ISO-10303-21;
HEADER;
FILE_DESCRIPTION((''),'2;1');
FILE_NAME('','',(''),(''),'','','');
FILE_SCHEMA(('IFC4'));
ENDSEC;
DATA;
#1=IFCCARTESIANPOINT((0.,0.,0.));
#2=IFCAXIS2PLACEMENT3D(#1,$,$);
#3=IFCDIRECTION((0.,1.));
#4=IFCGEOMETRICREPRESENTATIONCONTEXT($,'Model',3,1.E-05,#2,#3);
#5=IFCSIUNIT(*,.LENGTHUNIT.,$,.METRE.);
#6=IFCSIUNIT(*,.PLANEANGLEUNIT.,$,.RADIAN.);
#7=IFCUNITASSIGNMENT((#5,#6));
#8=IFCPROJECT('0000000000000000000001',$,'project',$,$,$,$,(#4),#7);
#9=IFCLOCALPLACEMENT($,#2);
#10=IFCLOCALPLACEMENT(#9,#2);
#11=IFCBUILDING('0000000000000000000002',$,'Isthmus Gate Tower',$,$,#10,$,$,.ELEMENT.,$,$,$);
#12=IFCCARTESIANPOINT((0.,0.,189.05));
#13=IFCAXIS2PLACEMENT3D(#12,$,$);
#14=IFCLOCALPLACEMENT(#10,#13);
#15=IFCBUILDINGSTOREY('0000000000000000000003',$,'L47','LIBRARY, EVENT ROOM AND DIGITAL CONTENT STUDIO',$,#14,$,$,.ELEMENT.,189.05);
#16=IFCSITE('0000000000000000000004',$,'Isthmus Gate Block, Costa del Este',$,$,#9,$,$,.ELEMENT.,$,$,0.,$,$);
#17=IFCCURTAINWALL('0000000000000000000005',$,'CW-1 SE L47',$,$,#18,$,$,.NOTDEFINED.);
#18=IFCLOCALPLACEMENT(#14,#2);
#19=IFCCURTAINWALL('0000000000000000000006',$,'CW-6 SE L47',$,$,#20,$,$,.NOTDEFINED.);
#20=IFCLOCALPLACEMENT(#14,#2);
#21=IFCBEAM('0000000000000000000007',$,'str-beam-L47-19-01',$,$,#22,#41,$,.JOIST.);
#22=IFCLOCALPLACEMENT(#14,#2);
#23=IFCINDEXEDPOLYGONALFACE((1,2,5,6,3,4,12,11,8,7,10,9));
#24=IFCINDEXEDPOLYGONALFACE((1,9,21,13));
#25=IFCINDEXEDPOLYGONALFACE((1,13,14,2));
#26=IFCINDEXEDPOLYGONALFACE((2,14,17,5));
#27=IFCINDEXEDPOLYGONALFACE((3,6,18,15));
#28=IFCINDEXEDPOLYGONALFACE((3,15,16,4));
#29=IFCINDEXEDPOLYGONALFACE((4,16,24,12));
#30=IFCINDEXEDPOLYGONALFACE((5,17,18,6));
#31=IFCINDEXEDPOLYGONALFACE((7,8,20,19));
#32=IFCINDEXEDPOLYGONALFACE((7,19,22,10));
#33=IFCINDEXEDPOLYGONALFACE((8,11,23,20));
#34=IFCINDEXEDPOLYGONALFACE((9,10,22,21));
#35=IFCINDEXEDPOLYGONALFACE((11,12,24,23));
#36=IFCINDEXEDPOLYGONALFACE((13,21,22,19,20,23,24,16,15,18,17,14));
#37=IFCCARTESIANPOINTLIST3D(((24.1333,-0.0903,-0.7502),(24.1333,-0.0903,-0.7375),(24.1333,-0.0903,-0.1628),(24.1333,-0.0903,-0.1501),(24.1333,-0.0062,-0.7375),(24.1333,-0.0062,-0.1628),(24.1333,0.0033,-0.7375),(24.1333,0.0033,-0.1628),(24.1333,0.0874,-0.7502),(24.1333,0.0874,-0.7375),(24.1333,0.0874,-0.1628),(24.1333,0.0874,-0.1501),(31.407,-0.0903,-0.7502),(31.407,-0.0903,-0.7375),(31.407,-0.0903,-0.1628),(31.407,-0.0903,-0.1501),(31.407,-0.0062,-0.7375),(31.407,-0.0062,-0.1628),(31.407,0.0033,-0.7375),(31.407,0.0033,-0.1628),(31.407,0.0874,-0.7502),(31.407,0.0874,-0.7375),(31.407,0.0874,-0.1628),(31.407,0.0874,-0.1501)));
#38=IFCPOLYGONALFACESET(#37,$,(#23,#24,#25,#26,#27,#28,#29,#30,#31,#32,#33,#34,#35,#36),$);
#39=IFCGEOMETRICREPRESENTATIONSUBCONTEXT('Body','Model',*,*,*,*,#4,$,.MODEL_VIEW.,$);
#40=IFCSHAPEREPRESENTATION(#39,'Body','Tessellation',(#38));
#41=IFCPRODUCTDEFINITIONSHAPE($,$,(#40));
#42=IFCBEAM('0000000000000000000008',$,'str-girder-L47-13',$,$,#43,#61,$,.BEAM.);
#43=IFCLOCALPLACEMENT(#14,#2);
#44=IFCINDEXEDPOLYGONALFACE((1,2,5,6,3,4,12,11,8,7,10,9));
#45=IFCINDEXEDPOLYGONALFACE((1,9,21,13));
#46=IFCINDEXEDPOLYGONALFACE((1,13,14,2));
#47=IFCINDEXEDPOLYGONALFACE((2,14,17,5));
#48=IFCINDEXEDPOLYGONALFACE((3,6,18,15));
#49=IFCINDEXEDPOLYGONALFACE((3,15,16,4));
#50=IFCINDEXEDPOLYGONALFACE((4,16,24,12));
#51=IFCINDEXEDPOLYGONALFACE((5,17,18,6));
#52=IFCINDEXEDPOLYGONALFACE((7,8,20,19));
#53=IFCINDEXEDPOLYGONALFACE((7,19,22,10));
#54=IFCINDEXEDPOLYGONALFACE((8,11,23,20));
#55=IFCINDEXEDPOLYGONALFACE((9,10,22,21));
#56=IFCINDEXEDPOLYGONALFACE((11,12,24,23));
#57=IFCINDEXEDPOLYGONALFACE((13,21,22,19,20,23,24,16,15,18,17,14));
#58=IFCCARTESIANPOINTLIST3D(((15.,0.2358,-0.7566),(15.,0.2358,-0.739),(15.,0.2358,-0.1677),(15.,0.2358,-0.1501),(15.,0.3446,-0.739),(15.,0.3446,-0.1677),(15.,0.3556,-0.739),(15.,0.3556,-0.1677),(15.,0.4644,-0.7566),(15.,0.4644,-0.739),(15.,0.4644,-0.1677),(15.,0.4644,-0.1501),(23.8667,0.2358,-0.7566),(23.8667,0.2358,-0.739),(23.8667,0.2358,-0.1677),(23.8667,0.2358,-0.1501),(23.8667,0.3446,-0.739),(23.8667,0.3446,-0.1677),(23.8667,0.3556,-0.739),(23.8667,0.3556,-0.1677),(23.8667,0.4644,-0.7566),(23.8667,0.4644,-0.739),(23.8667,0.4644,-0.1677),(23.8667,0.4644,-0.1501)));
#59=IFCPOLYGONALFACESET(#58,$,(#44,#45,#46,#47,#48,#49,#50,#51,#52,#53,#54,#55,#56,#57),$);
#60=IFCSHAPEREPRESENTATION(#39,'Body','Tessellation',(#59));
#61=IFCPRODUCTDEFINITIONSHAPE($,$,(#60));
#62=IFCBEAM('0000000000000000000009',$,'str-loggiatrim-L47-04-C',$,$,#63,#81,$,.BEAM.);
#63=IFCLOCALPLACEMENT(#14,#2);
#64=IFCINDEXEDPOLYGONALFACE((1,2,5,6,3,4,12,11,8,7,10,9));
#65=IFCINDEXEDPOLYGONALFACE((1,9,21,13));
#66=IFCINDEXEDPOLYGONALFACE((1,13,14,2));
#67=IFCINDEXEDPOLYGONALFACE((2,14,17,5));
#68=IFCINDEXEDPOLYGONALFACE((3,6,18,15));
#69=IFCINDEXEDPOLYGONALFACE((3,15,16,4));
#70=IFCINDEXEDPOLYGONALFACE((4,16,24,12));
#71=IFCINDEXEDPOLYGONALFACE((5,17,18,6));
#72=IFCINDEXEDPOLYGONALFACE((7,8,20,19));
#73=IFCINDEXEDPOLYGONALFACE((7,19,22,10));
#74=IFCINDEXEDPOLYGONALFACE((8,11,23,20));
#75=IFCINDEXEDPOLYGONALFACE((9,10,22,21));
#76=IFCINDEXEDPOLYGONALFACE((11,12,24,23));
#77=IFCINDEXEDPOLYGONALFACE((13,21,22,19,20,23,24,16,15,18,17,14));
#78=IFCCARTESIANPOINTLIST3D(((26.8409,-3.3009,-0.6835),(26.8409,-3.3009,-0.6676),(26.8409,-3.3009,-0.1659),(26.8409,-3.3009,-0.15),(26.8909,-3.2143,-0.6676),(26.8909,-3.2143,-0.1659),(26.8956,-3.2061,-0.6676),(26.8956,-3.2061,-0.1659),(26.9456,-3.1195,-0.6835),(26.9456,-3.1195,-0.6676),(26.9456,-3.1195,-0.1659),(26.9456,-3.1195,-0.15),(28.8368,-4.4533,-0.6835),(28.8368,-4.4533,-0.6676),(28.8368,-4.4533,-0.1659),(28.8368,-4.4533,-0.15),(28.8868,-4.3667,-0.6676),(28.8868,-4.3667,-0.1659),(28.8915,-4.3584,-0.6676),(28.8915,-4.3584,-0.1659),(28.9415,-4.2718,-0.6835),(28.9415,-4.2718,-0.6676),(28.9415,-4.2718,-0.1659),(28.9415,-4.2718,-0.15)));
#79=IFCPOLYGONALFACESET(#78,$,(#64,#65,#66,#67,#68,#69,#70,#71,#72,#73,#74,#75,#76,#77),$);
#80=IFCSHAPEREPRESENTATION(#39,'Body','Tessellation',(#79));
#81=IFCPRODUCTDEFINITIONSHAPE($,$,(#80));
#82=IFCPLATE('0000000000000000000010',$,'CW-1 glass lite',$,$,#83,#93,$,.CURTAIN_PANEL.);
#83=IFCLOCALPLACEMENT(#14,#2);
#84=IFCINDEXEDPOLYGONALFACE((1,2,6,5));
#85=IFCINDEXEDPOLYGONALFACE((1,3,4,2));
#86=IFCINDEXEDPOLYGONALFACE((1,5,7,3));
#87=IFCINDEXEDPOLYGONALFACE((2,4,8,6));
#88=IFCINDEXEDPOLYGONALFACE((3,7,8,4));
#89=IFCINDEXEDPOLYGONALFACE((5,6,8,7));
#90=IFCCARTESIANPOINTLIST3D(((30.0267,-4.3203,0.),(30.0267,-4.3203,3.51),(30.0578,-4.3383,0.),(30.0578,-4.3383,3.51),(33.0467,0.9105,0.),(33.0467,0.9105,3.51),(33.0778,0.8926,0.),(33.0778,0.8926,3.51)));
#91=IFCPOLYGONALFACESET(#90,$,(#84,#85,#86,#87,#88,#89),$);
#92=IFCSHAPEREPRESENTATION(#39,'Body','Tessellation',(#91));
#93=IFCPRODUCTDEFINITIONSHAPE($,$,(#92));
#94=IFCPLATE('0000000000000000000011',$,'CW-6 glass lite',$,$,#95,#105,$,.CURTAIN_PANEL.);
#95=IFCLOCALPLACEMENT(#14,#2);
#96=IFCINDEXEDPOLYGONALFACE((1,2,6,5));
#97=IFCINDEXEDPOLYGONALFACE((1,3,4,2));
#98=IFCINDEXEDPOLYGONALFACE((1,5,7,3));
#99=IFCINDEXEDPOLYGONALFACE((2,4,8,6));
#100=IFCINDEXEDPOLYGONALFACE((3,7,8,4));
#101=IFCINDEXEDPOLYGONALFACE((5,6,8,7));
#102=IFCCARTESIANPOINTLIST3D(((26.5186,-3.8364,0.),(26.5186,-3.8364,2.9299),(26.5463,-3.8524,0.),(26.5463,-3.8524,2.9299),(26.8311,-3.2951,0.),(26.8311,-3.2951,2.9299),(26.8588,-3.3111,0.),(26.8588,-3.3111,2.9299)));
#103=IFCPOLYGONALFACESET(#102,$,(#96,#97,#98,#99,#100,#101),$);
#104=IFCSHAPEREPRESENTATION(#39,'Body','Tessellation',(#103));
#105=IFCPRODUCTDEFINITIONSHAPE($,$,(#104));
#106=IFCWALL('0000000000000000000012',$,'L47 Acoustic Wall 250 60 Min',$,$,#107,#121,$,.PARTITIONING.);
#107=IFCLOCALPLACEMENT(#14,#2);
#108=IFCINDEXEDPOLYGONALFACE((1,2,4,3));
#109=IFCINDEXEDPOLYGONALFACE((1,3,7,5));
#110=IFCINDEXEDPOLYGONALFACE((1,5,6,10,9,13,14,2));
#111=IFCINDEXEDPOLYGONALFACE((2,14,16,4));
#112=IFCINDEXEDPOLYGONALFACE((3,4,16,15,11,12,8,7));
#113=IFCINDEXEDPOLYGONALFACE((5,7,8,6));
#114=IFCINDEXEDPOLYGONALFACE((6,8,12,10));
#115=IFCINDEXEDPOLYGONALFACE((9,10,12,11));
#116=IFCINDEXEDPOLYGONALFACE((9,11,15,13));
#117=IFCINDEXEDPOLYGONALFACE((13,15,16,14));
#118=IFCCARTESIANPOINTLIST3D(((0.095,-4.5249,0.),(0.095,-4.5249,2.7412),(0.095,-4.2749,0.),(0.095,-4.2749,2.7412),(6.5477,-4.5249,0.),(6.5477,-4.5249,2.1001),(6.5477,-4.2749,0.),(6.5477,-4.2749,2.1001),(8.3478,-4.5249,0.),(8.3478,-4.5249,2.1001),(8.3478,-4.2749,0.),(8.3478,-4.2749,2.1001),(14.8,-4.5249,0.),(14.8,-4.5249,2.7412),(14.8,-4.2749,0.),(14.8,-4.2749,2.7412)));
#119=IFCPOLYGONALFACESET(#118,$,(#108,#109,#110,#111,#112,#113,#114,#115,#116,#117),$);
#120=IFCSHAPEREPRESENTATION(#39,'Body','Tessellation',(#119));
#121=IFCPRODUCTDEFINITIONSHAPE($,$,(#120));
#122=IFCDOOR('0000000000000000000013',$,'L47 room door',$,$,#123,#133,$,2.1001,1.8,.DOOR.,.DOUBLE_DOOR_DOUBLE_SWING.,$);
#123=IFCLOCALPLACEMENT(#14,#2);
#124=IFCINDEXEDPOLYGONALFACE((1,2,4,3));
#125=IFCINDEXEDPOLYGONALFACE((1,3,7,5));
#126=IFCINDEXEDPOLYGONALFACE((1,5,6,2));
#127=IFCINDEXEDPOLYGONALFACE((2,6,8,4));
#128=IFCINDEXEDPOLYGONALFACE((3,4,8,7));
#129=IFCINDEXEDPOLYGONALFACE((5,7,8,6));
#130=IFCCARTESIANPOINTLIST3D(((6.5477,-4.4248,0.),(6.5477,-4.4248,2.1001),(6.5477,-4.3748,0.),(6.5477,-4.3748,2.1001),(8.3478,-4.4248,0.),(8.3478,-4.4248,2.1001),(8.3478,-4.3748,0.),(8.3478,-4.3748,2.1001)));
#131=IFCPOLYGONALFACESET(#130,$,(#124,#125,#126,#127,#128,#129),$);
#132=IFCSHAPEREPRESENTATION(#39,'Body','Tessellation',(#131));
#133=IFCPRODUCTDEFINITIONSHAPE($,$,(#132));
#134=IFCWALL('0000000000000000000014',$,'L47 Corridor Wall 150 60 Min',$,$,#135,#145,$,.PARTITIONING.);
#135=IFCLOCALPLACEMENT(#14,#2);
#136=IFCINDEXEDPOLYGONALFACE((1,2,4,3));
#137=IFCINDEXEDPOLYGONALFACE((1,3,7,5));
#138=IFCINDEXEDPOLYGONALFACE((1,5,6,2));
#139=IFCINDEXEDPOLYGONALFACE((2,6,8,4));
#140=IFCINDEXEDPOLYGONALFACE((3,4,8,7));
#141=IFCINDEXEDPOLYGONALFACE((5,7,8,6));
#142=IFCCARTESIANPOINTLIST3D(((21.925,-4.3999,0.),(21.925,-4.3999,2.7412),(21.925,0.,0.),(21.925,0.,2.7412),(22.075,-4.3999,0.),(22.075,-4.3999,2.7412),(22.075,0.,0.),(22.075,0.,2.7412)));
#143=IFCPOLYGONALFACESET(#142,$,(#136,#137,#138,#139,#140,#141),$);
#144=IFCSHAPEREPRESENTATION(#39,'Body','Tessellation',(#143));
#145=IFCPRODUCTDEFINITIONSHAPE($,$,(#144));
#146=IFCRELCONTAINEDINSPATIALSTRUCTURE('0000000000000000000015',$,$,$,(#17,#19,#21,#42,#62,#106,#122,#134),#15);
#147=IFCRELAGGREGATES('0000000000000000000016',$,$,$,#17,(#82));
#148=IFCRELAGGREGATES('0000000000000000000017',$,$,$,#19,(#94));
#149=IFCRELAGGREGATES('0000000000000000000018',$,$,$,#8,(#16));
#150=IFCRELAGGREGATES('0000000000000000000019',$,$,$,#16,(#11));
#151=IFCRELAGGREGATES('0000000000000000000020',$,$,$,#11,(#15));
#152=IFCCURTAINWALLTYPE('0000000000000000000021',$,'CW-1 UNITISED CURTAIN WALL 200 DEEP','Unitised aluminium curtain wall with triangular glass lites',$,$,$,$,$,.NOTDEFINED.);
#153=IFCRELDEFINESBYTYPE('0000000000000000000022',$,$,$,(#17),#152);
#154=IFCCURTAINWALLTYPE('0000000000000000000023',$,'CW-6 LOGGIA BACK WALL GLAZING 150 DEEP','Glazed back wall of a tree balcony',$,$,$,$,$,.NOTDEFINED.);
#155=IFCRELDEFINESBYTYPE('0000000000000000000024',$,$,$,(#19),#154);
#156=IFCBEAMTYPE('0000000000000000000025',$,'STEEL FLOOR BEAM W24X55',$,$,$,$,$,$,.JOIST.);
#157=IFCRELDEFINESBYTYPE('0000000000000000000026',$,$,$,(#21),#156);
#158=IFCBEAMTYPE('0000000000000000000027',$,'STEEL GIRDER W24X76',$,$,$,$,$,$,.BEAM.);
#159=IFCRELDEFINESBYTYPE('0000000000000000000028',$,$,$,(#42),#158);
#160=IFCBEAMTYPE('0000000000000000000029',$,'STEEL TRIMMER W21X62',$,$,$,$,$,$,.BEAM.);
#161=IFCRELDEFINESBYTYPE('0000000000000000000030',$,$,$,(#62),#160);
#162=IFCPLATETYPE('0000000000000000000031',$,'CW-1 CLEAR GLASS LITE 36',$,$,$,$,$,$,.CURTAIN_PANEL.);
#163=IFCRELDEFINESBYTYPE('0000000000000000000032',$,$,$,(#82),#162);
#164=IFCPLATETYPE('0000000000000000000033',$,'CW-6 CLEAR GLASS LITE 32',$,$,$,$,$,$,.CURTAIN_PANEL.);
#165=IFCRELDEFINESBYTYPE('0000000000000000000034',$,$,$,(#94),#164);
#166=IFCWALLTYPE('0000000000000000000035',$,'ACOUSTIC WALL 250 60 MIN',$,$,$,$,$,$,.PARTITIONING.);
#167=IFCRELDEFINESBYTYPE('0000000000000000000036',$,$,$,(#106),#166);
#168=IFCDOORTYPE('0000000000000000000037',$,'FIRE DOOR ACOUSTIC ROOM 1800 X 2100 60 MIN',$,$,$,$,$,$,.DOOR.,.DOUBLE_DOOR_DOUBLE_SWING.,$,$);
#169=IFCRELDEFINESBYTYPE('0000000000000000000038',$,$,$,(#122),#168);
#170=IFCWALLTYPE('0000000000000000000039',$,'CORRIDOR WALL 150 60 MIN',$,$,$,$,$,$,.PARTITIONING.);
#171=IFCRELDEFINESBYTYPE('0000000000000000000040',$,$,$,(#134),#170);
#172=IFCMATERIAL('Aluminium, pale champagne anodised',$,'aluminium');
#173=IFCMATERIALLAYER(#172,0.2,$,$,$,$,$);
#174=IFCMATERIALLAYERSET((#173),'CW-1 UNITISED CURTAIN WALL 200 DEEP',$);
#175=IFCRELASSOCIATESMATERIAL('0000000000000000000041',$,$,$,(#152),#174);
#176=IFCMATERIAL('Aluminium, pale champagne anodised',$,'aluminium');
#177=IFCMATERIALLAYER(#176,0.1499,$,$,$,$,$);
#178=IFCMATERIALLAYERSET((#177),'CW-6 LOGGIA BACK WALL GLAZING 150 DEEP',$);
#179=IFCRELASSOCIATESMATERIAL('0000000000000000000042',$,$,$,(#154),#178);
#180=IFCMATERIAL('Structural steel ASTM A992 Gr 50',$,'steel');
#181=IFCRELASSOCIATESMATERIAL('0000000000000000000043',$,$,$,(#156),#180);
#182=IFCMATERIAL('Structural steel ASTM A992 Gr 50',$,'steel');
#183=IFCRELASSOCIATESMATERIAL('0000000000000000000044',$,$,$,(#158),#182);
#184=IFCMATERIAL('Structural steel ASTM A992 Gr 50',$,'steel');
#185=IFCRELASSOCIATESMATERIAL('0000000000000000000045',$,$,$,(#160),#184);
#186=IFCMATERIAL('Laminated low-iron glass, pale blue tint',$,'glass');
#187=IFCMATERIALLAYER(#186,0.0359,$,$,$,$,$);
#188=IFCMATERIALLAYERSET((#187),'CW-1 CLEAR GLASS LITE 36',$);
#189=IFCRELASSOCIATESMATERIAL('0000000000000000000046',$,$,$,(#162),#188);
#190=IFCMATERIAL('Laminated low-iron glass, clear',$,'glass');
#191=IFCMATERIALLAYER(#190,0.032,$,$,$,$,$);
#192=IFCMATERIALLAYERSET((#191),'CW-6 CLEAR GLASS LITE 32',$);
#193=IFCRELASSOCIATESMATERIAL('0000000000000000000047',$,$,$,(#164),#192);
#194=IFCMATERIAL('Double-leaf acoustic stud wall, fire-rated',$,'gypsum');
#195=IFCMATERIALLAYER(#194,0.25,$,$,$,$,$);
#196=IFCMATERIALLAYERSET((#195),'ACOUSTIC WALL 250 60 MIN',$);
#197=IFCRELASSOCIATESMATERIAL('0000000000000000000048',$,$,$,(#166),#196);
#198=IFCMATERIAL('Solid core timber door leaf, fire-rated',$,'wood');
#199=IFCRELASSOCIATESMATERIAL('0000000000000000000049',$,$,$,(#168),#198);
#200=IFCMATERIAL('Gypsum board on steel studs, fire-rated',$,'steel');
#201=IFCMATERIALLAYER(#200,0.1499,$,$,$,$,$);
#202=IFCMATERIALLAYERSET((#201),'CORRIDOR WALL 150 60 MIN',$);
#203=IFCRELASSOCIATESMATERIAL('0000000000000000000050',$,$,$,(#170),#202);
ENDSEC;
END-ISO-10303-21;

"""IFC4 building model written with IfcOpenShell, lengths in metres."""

from ifc_helpers import new_model, si_unit, direction, frame, frame_2d, origin, origin_2d, place, context, subcontext, project, spatial, rectangle, i_section, extrude, material, layer, layer_set, material_profile, profile_set, type_object, element, fill, aggregate, save


model = new_model("IFC4")

# Units and contexts
model_context = context("Model", 3, precision=1e-05, world=origin(), true_north=direction((0.0, 1.0)))
body_context = subcontext(model_context, "Body", "Model", "MODEL_VIEW")
ifc_project = project(units=[si_unit("LENGTHUNIT", "METRE"), si_unit("PLANEANGLEUNIT", "RADIAN")], contexts=[model_context])

# Site, building, storey
site_placement = place(None, origin())
site = spatial("IfcSite", under=ifc_project, at=site_placement, Name="Isthmus Gate Block, Costa del Este", CompositionType="ELEMENT", RefElevation=0.0)
building_placement = place(site_placement, origin())
building = spatial("IfcBuilding", under=site, at=building_placement, Name="Isthmus Gate Tower", CompositionType="ELEMENT")
storey_placement = place(building_placement, frame((0.0, 0.0, 189.05)))
storey = spatial("IfcBuildingStorey", under=building, at=storey_placement, Name="L47", Description="LIBRARY, EVENT ROOM AND DIGITAL CONTENT STUDIO", CompositionType="ELEMENT", Elevation=189.05)

# Curtain wall
ifc_material_1 = material(Name="Aluminium, pale champagne anodised", Category="aluminium")
ifc_layer_1 = layer(ifc_material_1, 0.2)
ifc_layer_set_1 = layer_set([ifc_layer_1], Name="CW-1 UNITISED CURTAIN WALL 200 DEEP")
curtain_wall_type_1 = type_object("IfcCurtainWallType", Name="CW-1 UNITISED CURTAIN WALL 200 DEEP", Description="Unitised aluminium curtain wall with triangular glass lites", PredefinedType="NOTDEFINED", material=ifc_layer_set_1)
curtain_wall_1_placement = place(storey_placement, origin())
curtain_wall_1 = element("IfcCurtainWall", 1, at=curtain_wall_1_placement, inside=storey, type_object=curtain_wall_type_1, Name="CW-1 SE L47", PredefinedType="NOTDEFINED")

# Curtain wall
ifc_material_2 = material(Name="Aluminium, pale champagne anodised", Category="aluminium")
ifc_layer_2 = layer(ifc_material_2, 0.1499)
ifc_layer_set_2 = layer_set([ifc_layer_2], Name="CW-6 LOGGIA BACK WALL GLAZING 150 DEEP")
curtain_wall_type_2 = type_object("IfcCurtainWallType", Name="CW-6 LOGGIA BACK WALL GLAZING 150 DEEP", Description="Glazed back wall of a tree balcony", PredefinedType="NOTDEFINED", material=ifc_layer_set_2)
curtain_wall_2_placement = place(storey_placement, origin())
curtain_wall_2 = element("IfcCurtainWall", 2, at=curtain_wall_2_placement, inside=storey, type_object=curtain_wall_type_2, Name="CW-6 SE L47", PredefinedType="NOTDEFINED")

# Beams
ifc_material_3 = material(Name="Structural steel ASTM A992 Gr 50", Category="steel")
ifc_material_profile_1 = material_profile(ifc_material_3, i_section(OverallWidth=0.1777, OverallDepth=0.6001, WebThickness=0.0095, FlangeThickness=0.0127, at=origin_2d()), Name="W24X55")
ifc_profile_set_1 = profile_set([ifc_material_profile_1], Name="Structural steel ASTM A992 Gr 50")
beam_type_1 = type_object("IfcBeamType", Name="STEEL FLOOR BEAM W24X55", PredefinedType="JOIST", material=ifc_profile_set_1)
beam_1_placement = place(storey_placement, frame((24.1333, -0.0015, -0.4502), z_axis=(1.0, 0.0, 0.0), x_axis=(0.0, 1.0, 0.0)))
element("IfcBeam", 3, at=beam_1_placement, inside=storey, type_object=beam_type_1, Name="str-beam-L47-19-01", PredefinedType="JOIST", context=body_context, shape_type="SweptSolid", body=[
    extrude(i_section(OverallWidth=0.1777, OverallDepth=0.6001, WebThickness=0.0095, FlangeThickness=0.0127, at=origin_2d()), origin(), (0.0, 0.0, 1.0), 7.2737),
])
ifc_material_4 = material(Name="Structural steel ASTM A992 Gr 50", Category="steel")
ifc_material_profile_2 = material_profile(ifc_material_4, i_section(OverallWidth=0.2285, OverallDepth=0.6064, WebThickness=0.011, FlangeThickness=0.0176, at=origin_2d()), Name="W24X76")
ifc_profile_set_2 = profile_set([ifc_material_profile_2], Name="Structural steel ASTM A992 Gr 50")
beam_type_2 = type_object("IfcBeamType", Name="STEEL GIRDER W24X76", PredefinedType="BEAM", material=ifc_profile_set_2)
beam_2_placement = place(storey_placement, frame((15.0, 0.3501, -0.4534), z_axis=(1.0, 0.0, 0.0), x_axis=(0.0, 1.0, 0.0)))
element("IfcBeam", 4, at=beam_2_placement, inside=storey, type_object=beam_type_2, Name="str-girder-L47-13", PredefinedType="BEAM", context=body_context, shape_type="SweptSolid", body=[
    extrude(i_section(OverallWidth=0.2285, OverallDepth=0.6064, WebThickness=0.011, FlangeThickness=0.0176, at=origin_2d()), origin(), (0.0, 0.0, 1.0), 8.8667),
])
ifc_material_5 = material(Name="Structural steel ASTM A992 Gr 50", Category="steel")
ifc_material_profile_3 = material_profile(ifc_material_5, i_section(OverallWidth=0.2095, OverallDepth=0.5334, WebThickness=0.0095, FlangeThickness=0.0159, at=origin_2d()), Name="W21X62")
ifc_profile_set_3 = profile_set([ifc_material_profile_3], Name="Structural steel ASTM A992 Gr 50")
beam_type_3 = type_object("IfcBeamType", Name="STEEL TRIMMER W21X62", PredefinedType="BEAM", material=ifc_profile_set_3)
beam_3_placement = place(storey_placement, frame((28.8892, -4.3625, -0.4167), z_axis=(-0.866018, 0.500013, 0.0), x_axis=(-0.500013, -0.866018, 0.0)))
element("IfcBeam", 5, at=beam_3_placement, inside=storey, type_object=beam_type_3, Name="str-loggiatrim-L47-04-C", PredefinedType="BEAM", context=body_context, shape_type="SweptSolid", body=[
    extrude(i_section(OverallWidth=0.2095, OverallDepth=0.5334, WebThickness=0.0095, FlangeThickness=0.0159, at=origin_2d()), origin(), (0.0, 0.0, 1.0), 2.3047),
])

# Plates
ifc_material_6 = material(Name="Laminated low-iron glass, pale blue tint", Category="glass")
ifc_layer_3 = layer(ifc_material_6, 0.0359)
ifc_layer_set_3 = layer_set([ifc_layer_3], Name="CW-1 CLEAR GLASS LITE 36")
plate_type_1 = type_object("IfcPlateType", Name="CW-1 CLEAR GLASS LITE 36", PredefinedType="CURTAIN_PANEL", material=ifc_layer_set_3)
plate_1_placement = place(storey_placement, frame((31.5522, -1.7139, 0.0), z_axis=(0.0, 0.0, 1.0), x_axis=(0.5, 0.866025, 0.0)))
plate_1 = element("IfcPlate", 6, at=plate_1_placement, type_object=plate_type_1, Name="CW-1 glass lite", PredefinedType="CURTAIN_PANEL", context=body_context, shape_type="SweptSolid", body=[
    extrude(rectangle(XDim=6.04, YDim=0.0359, at=origin_2d()), origin(), (0.0, 0.0, 1.0), 3.51),
])
aggregate(curtain_wall_1, [plate_1])
ifc_material_7 = material(Name="Laminated low-iron glass, clear", Category="glass")
ifc_layer_4 = layer(ifc_material_7, 0.032)
ifc_layer_set_4 = layer_set([ifc_layer_4], Name="CW-6 CLEAR GLASS LITE 32")
plate_type_2 = type_object("IfcPlateType", Name="CW-6 CLEAR GLASS LITE 32", PredefinedType="CURTAIN_PANEL", material=ifc_layer_set_4)
plate_2_placement = place(storey_placement, frame((26.6887, -3.5737, 0.0), z_axis=(0.0, 0.0, 1.0), x_axis=(0.5, 0.866025, 0.0)))
plate_2 = element("IfcPlate", 7, at=plate_2_placement, type_object=plate_type_2, Name="CW-6 glass lite", PredefinedType="CURTAIN_PANEL", context=body_context, shape_type="SweptSolid", body=[
    extrude(rectangle(XDim=0.625, YDim=0.032, at=origin_2d()), origin(), (0.0, 0.0, 1.0), 2.9299),
])
aggregate(curtain_wall_2, [plate_2])

# Wall, opening, door
ifc_material_8 = material(Name="Double-leaf acoustic stud wall, fire-rated", Category="gypsum")
ifc_layer_5 = layer(ifc_material_8, 0.25)
ifc_layer_set_5 = layer_set([ifc_layer_5], Name="ACOUSTIC WALL 250 60 MIN")
wall_type_1 = type_object("IfcWallType", Name="ACOUSTIC WALL 250 60 MIN", PredefinedType="PARTITIONING", material=ifc_layer_set_5)
wall_1_placement = place(storey_placement, frame((14.8, -4.3999, 0.0), z_axis=(0.0, 0.0, 1.0), x_axis=(-1.0, 0.0, 0.0)))
wall_1 = element("IfcWall", 8, at=wall_1_placement, inside=storey, type_object=wall_type_1, Name="L47 Acoustic Wall 250 60 Min", PredefinedType="PARTITIONING", context=body_context, shape_type="SweptSolid", body=[
    extrude(rectangle(XDim=14.7051, YDim=0.25, at=frame_2d((7.3525, 0.0))), origin(), (0.0, 0.0, 1.0), 2.7412),
])
opening_1_placement = place(wall_1_placement, frame((6.4524, 0.0, 0.0)))
opening_1 = element("IfcOpeningElement", 9, at=opening_1_placement, cuts=wall_1, PredefinedType="OPENING", context=body_context, shape_type="SweptSolid", body=[
    extrude(rectangle(XDim=1.8, YDim=2.1001, at=frame_2d((0.8999, 1.05))), frame((0.0, 0.135, 0.0), z_axis=(0.0, -1.0, 0.0), x_axis=(1.0, 0.0, 0.0)), (0.0, 0.0, 1.0), 0.27),
])
ifc_material_9 = material(Name="Solid core timber door leaf, fire-rated", Category="wood")
door_type_1 = type_object("IfcDoorType", Name="FIRE DOOR ACOUSTIC ROOM 1800 X 2100 60 MIN", OperationType="DOUBLE_DOOR_DOUBLE_SWING", PredefinedType="DOOR", material=ifc_material_9)
door_1_placement = place(opening_1_placement, origin())
door_1 = element("IfcDoor", 10, at=door_1_placement, inside=storey, type_object=door_type_1, Name="L47 room door", OperationType="DOUBLE_DOOR_DOUBLE_SWING", OverallHeight=2.1001, OverallWidth=1.8, PredefinedType="DOOR", context=body_context, shape_type="SweptSolid", body=[
    extrude(rectangle(XDim=1.8, YDim=2.1001, at=frame_2d((0.8999, 1.05))), frame((0.0, 0.0249, 0.0), z_axis=(0.0, -1.0, 0.0), x_axis=(1.0, 0.0, 0.0)), (0.0, 0.0, 1.0), 0.05),
])
fill(opening_1, door_1)

# Wall
ifc_material_10 = material(Name="Gypsum board on steel studs, fire-rated", Category="steel")
ifc_layer_6 = layer(ifc_material_10, 0.1499)
ifc_layer_set_6 = layer_set([ifc_layer_6], Name="CORRIDOR WALL 150 60 MIN")
wall_type_2 = type_object("IfcWallType", Name="CORRIDOR WALL 150 60 MIN", PredefinedType="PARTITIONING", material=ifc_layer_set_6)
wall_2_placement = place(storey_placement, frame((22.0, 0.0, 0.0), z_axis=(0.0, 0.0, 1.0), x_axis=(0.0, -1.0, 0.0)))
element("IfcWall", 11, at=wall_2_placement, inside=storey, type_object=wall_type_2, Name="L47 Corridor Wall 150 60 Min", PredefinedType="PARTITIONING", context=body_context, shape_type="SweptSolid", body=[
    extrude(rectangle(XDim=4.3999, YDim=0.1499, at=frame_2d((2.2, 0.0))), origin(), (0.0, 0.0, 1.0), 2.7412),
])

save(model, "model.ifc")
